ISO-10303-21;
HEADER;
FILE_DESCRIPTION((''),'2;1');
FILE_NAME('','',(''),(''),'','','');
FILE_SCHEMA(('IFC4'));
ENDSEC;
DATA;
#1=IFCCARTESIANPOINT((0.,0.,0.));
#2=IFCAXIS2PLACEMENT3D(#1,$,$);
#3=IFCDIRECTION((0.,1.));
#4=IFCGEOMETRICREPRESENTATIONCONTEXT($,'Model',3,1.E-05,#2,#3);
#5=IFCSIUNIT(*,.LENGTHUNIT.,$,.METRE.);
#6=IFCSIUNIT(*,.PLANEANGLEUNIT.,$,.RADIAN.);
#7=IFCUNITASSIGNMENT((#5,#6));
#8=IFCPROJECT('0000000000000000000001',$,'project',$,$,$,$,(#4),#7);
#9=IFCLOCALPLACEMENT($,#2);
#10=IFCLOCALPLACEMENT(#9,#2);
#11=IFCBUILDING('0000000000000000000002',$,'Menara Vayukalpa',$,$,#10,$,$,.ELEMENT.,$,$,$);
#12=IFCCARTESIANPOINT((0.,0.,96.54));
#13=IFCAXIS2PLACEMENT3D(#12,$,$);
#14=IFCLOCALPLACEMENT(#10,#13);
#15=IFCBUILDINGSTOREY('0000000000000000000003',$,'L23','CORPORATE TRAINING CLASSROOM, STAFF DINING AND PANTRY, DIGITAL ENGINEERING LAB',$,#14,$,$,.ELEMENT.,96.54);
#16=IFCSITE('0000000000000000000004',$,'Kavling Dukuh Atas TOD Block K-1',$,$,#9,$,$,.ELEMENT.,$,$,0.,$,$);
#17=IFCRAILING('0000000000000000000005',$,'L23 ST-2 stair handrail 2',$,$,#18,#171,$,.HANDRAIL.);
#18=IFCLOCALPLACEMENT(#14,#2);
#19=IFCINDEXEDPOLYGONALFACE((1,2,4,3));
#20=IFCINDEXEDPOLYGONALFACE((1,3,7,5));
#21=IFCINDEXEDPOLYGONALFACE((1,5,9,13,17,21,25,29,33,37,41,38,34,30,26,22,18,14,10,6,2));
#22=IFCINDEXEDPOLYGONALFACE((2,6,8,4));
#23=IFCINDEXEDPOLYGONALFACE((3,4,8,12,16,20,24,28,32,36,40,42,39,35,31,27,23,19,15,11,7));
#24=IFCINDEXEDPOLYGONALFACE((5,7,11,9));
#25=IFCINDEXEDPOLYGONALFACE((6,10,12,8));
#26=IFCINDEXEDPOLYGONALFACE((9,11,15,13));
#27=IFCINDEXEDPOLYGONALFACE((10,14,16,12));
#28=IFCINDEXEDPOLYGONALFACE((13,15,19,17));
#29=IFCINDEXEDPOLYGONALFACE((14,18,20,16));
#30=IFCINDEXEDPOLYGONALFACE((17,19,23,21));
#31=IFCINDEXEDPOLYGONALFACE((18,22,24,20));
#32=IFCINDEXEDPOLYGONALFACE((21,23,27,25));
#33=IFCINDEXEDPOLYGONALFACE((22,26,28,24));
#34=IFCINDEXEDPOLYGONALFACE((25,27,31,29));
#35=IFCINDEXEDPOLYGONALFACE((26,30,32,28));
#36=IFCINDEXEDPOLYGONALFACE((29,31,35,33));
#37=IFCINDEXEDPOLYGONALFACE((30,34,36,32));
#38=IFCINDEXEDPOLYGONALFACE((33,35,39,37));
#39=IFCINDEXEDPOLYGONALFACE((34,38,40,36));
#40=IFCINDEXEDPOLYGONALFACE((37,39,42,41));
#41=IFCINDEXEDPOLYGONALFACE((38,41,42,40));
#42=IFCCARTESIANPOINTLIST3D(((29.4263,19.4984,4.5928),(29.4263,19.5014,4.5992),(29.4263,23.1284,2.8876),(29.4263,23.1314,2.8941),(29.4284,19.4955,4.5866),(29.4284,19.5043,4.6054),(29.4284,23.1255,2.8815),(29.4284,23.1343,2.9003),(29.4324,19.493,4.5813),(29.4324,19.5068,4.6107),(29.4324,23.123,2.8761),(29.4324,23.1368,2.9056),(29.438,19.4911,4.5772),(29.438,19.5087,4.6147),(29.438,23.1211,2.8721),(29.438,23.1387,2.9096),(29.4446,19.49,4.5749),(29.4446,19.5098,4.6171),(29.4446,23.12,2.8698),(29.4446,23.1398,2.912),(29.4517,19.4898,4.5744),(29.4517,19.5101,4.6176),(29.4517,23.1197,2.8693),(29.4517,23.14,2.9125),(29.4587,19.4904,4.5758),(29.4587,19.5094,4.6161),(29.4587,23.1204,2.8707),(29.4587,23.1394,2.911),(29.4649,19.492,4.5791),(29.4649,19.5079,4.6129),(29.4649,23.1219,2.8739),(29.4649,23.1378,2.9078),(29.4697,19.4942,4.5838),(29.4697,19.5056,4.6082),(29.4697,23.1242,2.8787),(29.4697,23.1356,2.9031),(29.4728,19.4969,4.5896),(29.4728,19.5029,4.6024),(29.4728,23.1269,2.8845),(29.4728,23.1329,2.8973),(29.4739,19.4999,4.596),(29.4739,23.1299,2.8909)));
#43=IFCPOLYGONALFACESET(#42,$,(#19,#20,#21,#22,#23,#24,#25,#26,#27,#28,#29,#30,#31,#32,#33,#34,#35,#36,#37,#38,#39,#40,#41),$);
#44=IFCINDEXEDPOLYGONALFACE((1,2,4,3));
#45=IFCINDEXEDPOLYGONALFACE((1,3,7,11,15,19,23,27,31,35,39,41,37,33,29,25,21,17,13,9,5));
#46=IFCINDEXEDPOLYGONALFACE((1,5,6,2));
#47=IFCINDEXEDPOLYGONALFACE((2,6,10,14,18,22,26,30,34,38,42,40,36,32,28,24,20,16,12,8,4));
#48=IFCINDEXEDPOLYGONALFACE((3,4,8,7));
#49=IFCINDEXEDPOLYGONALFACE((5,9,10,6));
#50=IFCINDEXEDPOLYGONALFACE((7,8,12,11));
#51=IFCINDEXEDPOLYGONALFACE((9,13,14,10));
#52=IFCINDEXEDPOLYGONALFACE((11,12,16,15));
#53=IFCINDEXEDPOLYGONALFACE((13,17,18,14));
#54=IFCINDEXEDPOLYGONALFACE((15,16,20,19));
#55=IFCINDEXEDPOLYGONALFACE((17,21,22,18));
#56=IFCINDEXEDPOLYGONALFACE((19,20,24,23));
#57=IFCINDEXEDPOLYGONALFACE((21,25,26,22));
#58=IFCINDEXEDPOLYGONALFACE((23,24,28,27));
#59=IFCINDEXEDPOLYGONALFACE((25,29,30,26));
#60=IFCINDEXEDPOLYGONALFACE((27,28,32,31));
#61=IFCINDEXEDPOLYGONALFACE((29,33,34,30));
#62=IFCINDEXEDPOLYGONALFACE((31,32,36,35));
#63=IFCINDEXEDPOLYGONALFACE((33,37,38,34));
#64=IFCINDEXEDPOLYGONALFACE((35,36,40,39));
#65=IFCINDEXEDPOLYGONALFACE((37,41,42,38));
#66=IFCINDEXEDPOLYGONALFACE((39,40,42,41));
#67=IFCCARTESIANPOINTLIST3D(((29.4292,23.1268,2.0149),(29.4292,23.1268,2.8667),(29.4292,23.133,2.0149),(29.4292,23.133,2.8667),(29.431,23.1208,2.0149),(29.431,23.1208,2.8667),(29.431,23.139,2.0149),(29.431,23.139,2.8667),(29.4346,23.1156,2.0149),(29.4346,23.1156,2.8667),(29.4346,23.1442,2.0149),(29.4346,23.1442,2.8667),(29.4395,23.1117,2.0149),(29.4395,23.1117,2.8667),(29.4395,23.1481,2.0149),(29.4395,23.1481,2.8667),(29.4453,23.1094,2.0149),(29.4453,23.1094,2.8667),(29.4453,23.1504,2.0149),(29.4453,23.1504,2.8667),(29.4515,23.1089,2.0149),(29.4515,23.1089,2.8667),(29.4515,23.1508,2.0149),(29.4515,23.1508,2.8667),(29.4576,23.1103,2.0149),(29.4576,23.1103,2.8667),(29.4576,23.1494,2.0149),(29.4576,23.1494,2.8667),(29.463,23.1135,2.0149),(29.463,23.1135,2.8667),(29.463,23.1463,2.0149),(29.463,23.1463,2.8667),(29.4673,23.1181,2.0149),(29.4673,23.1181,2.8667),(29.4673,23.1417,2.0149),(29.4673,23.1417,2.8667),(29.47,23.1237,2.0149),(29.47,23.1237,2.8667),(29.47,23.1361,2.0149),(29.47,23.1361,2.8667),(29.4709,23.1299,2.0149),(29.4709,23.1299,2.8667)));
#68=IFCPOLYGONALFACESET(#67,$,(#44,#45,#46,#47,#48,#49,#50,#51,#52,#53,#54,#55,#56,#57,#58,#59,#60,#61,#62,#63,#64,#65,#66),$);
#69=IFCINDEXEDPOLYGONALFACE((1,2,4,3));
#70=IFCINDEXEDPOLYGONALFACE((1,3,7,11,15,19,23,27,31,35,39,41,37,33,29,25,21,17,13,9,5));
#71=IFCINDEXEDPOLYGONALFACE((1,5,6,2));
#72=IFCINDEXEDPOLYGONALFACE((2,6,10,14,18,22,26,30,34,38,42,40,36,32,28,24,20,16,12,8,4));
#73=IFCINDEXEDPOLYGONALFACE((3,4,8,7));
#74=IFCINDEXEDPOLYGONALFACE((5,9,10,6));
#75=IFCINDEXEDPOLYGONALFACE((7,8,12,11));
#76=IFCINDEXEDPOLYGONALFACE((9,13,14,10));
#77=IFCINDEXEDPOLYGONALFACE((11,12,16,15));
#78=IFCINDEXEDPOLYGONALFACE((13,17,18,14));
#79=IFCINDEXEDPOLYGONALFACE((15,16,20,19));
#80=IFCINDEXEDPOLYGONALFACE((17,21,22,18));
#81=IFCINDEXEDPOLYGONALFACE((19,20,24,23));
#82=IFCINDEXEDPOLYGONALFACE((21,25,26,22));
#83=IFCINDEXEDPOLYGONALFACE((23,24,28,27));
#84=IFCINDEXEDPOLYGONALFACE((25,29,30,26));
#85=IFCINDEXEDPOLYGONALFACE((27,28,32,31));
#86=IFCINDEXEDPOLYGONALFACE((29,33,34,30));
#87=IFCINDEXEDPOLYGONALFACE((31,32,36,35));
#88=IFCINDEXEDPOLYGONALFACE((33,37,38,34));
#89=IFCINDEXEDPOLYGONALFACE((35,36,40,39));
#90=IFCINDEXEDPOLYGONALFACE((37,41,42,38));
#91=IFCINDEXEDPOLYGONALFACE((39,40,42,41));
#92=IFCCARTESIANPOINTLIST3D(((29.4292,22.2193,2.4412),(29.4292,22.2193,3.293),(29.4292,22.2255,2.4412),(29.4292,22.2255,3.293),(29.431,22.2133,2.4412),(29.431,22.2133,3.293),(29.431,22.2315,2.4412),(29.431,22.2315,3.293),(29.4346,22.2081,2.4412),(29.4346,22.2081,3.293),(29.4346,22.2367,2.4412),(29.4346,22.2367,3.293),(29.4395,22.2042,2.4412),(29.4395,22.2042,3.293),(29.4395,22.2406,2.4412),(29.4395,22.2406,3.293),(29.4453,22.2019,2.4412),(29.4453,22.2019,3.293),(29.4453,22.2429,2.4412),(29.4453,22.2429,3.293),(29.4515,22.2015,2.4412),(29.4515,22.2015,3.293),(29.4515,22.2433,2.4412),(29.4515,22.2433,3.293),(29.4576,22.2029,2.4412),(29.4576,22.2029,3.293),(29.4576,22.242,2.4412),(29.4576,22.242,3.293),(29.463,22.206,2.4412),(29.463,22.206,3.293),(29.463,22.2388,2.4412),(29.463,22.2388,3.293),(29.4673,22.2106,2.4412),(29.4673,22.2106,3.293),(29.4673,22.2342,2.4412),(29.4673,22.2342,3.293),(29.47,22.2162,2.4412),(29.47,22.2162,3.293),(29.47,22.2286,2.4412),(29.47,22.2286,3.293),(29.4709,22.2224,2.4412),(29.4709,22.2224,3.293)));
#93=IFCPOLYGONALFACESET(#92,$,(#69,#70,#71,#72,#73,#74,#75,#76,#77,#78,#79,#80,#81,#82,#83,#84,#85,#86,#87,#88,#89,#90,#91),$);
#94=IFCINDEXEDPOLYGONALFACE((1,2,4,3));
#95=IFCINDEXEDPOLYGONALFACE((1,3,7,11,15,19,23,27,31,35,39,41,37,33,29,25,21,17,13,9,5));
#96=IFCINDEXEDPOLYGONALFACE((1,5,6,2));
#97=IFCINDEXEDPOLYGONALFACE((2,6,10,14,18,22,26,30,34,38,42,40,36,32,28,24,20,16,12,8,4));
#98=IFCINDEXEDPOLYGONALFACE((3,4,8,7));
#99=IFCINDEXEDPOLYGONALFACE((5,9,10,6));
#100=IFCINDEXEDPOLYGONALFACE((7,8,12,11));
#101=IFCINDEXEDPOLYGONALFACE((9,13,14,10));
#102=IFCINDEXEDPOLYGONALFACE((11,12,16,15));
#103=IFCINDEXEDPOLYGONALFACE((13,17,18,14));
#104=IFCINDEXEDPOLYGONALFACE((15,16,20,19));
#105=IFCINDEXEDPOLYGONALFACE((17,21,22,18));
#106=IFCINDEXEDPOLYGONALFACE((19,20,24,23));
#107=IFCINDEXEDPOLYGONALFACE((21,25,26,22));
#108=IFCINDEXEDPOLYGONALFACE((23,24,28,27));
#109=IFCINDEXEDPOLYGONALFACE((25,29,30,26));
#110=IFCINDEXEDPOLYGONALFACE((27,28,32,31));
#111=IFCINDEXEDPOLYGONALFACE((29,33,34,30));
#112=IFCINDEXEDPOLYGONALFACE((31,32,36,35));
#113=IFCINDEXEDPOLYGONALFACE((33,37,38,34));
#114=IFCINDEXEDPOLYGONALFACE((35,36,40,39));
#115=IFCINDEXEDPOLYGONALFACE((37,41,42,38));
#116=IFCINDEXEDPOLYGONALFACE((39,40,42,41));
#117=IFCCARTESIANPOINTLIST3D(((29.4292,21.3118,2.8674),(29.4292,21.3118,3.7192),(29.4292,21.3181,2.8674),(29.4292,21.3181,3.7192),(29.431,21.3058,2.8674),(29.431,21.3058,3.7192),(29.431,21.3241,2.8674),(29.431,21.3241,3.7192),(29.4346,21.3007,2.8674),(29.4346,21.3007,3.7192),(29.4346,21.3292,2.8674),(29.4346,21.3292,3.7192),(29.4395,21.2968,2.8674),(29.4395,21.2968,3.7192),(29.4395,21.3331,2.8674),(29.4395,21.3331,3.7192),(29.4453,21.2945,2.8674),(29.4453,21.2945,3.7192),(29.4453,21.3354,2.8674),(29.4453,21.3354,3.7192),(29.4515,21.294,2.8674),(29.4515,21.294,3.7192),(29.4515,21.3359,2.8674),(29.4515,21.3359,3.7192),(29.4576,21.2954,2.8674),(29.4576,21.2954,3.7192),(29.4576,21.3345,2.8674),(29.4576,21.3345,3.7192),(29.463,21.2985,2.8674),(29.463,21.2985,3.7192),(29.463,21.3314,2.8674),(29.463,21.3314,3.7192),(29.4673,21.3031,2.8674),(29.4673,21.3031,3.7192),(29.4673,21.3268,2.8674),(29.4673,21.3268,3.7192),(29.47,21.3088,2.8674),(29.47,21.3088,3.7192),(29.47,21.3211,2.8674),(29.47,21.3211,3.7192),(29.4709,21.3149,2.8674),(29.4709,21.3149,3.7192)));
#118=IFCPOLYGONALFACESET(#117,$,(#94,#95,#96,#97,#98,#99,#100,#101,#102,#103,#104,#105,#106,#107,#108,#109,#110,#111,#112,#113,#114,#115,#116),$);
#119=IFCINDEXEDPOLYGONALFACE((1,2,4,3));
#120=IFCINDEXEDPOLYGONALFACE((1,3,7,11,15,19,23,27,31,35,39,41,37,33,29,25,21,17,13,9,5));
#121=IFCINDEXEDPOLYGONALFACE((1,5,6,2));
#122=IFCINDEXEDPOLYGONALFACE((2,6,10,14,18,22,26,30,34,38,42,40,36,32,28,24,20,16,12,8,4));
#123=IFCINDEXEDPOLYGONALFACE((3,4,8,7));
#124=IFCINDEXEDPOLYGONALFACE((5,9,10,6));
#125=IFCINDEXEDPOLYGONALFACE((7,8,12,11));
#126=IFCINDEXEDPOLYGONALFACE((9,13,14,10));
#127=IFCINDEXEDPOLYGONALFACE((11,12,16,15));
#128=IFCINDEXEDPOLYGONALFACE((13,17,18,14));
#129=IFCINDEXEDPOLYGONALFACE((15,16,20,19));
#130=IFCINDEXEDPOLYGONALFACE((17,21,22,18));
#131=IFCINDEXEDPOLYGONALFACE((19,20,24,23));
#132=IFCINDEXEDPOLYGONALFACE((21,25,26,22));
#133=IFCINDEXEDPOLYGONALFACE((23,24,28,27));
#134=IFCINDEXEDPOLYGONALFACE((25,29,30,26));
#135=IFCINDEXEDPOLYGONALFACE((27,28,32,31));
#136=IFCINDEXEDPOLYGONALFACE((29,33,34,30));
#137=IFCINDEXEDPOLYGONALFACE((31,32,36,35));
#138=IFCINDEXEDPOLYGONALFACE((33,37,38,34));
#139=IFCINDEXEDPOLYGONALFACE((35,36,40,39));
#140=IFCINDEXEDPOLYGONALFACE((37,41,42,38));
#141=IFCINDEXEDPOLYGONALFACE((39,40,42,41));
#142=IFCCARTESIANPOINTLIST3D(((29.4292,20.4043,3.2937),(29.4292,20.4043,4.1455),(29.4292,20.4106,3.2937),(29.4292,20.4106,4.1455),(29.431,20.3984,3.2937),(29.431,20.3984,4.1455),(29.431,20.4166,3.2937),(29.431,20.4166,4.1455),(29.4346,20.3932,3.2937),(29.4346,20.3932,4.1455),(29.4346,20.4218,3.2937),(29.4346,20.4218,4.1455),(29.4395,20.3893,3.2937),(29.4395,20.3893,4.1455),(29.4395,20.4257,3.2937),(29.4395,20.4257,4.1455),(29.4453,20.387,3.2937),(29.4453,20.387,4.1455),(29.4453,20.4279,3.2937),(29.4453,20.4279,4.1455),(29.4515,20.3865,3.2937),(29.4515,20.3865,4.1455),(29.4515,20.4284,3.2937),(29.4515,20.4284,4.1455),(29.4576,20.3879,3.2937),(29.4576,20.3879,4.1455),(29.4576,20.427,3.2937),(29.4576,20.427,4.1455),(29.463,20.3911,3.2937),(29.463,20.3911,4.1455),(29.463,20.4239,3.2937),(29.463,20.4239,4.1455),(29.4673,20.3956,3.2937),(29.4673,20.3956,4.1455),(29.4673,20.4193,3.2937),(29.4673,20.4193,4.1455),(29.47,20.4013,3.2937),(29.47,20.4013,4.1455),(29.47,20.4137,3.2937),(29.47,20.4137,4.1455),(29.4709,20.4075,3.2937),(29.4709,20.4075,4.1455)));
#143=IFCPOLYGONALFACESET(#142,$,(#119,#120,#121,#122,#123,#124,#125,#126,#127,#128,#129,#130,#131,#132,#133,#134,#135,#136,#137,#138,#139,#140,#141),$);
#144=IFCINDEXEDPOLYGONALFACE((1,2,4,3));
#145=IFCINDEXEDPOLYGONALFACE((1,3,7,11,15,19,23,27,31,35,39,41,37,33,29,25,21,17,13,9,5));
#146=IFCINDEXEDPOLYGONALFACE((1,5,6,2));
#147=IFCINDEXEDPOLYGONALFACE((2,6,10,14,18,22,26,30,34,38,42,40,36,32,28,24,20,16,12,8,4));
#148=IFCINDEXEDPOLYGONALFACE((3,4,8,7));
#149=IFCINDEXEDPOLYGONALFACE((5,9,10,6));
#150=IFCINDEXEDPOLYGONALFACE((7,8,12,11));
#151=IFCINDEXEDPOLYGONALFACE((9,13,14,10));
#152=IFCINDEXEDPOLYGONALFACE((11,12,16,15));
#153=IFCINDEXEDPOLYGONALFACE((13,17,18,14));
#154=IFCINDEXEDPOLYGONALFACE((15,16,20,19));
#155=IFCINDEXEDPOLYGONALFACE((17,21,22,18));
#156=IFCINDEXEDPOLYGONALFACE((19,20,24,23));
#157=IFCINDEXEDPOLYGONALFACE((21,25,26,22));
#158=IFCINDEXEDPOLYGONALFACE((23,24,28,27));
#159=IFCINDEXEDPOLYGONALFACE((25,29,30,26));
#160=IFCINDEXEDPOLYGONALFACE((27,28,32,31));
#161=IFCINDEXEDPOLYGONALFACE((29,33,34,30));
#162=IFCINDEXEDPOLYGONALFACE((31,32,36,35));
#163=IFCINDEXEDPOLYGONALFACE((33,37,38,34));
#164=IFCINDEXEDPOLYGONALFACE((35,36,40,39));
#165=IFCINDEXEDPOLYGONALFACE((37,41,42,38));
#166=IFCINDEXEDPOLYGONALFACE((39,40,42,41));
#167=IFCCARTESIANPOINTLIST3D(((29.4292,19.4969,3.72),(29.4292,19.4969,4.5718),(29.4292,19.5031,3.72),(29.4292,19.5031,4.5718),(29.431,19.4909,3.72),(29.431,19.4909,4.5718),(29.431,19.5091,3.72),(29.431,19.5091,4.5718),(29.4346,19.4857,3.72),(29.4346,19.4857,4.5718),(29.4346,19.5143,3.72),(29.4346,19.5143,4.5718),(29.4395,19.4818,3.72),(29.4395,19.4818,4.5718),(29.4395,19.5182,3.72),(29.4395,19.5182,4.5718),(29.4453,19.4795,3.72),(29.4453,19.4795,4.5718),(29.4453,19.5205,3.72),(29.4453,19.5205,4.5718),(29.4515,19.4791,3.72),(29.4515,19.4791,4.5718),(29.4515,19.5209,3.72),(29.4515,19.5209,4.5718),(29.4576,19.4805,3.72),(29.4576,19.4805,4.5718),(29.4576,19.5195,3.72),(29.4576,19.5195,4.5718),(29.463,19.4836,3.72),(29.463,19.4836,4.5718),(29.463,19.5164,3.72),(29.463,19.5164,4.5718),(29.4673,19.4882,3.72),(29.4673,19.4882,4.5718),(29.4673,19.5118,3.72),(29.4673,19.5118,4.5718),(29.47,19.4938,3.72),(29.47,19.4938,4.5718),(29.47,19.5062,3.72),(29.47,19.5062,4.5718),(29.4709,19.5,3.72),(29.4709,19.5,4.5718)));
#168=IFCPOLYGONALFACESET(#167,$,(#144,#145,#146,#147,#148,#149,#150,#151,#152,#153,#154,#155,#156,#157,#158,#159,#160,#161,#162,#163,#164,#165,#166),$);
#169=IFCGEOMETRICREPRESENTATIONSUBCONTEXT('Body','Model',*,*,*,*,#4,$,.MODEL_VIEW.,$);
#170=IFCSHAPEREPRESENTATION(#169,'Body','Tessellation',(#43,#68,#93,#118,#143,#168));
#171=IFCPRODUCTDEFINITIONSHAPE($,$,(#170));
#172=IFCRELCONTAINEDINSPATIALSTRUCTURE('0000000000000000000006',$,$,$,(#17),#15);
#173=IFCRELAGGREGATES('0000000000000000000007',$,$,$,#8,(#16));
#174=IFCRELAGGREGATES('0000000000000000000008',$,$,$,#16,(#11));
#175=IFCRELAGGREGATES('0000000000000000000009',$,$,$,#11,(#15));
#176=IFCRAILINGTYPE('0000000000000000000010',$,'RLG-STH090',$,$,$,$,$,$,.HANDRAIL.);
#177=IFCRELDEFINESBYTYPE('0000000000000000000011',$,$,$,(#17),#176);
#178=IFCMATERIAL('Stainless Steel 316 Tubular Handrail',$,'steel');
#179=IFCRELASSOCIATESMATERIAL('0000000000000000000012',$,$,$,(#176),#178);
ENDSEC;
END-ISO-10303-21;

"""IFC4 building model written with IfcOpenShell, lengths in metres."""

from ifc_helpers import new_model, si_unit, direction, frame, origin, origin_2d, place, context, subcontext, project, spatial, circle, extrude, material, type_object, element, save


model = new_model("IFC4")

# Units and contexts
model_context = context("Model", 3, precision=1e-05, world=origin(), true_north=direction((0.0, 1.0)))
body_context = subcontext(model_context, "Body", "Model", "MODEL_VIEW")
ifc_project = project(units=[si_unit("LENGTHUNIT", "METRE"), si_unit("PLANEANGLEUNIT", "RADIAN")], contexts=[model_context])

# Site, building, storey
site_placement = place(None, origin())
site = spatial("IfcSite", under=ifc_project, at=site_placement, Name="Kavling Dukuh Atas TOD Block K-1", CompositionType="ELEMENT", RefElevation=0.0)
building_placement = place(site_placement, origin())
building = spatial("IfcBuilding", under=site, at=building_placement, Name="Menara Vayukalpa", CompositionType="ELEMENT")
storey_placement = place(building_placement, frame((0.0, 0.0, 96.54)))
storey = spatial("IfcBuildingStorey", under=building, at=storey_placement, Name="L23", Description="CORPORATE TRAINING CLASSROOM, STAFF DINING AND PANTRY, DIGITAL ENGINEERING LAB", CompositionType="ELEMENT", Elevation=96.54)

# Railing
ifc_material_1 = material(Name="Stainless Steel 316 Tubular Handrail", Category="steel")
railing_type_1 = type_object("IfcRailingType", Name="RLG-STH090", PredefinedType="HANDRAIL", material=ifc_material_1)
railing_1_placement = place(storey_placement, frame((29.45, 23.1299, 2.0149)))
element("IfcRailing", 1, at=railing_1_placement, inside=storey, type_object=railing_type_1, Name="L23 ST-2 stair handrail 2", PredefinedType="HANDRAIL", context=body_context, shape_type="SweptSolid", body=[
    extrude(circle(Radius=0.0239, at=origin_2d()), frame((0.0, 0.0, 0.876), z_axis=(0.0, -0.905116, 0.425164), x_axis=(1.0, 0.0, 0.0)), (0.0, 0.0, 1.0), 4.0105),
    extrude(circle(Radius=0.021, at=origin_2d()), origin(), (0.0, 0.0, 1.0), 0.8518),
    extrude(circle(Radius=0.021, at=origin_2d()), frame((0.0, -0.9075, 0.4263)), (0.0, 0.0, 1.0), 0.8518),
    extrude(circle(Radius=0.021, at=origin_2d()), frame((0.0, -1.8149, 0.8525)), (0.0, 0.0, 1.0), 0.8518),
    extrude(circle(Radius=0.021, at=origin_2d()), frame((0.0, -2.7224, 1.2788)), (0.0, 0.0, 1.0), 0.8518),
    extrude(circle(Radius=0.021, at=origin_2d()), frame((0.0, -3.6299, 1.7051)), (0.0, 0.0, 1.0), 0.8518),
])

save(model, "model.ifc")
